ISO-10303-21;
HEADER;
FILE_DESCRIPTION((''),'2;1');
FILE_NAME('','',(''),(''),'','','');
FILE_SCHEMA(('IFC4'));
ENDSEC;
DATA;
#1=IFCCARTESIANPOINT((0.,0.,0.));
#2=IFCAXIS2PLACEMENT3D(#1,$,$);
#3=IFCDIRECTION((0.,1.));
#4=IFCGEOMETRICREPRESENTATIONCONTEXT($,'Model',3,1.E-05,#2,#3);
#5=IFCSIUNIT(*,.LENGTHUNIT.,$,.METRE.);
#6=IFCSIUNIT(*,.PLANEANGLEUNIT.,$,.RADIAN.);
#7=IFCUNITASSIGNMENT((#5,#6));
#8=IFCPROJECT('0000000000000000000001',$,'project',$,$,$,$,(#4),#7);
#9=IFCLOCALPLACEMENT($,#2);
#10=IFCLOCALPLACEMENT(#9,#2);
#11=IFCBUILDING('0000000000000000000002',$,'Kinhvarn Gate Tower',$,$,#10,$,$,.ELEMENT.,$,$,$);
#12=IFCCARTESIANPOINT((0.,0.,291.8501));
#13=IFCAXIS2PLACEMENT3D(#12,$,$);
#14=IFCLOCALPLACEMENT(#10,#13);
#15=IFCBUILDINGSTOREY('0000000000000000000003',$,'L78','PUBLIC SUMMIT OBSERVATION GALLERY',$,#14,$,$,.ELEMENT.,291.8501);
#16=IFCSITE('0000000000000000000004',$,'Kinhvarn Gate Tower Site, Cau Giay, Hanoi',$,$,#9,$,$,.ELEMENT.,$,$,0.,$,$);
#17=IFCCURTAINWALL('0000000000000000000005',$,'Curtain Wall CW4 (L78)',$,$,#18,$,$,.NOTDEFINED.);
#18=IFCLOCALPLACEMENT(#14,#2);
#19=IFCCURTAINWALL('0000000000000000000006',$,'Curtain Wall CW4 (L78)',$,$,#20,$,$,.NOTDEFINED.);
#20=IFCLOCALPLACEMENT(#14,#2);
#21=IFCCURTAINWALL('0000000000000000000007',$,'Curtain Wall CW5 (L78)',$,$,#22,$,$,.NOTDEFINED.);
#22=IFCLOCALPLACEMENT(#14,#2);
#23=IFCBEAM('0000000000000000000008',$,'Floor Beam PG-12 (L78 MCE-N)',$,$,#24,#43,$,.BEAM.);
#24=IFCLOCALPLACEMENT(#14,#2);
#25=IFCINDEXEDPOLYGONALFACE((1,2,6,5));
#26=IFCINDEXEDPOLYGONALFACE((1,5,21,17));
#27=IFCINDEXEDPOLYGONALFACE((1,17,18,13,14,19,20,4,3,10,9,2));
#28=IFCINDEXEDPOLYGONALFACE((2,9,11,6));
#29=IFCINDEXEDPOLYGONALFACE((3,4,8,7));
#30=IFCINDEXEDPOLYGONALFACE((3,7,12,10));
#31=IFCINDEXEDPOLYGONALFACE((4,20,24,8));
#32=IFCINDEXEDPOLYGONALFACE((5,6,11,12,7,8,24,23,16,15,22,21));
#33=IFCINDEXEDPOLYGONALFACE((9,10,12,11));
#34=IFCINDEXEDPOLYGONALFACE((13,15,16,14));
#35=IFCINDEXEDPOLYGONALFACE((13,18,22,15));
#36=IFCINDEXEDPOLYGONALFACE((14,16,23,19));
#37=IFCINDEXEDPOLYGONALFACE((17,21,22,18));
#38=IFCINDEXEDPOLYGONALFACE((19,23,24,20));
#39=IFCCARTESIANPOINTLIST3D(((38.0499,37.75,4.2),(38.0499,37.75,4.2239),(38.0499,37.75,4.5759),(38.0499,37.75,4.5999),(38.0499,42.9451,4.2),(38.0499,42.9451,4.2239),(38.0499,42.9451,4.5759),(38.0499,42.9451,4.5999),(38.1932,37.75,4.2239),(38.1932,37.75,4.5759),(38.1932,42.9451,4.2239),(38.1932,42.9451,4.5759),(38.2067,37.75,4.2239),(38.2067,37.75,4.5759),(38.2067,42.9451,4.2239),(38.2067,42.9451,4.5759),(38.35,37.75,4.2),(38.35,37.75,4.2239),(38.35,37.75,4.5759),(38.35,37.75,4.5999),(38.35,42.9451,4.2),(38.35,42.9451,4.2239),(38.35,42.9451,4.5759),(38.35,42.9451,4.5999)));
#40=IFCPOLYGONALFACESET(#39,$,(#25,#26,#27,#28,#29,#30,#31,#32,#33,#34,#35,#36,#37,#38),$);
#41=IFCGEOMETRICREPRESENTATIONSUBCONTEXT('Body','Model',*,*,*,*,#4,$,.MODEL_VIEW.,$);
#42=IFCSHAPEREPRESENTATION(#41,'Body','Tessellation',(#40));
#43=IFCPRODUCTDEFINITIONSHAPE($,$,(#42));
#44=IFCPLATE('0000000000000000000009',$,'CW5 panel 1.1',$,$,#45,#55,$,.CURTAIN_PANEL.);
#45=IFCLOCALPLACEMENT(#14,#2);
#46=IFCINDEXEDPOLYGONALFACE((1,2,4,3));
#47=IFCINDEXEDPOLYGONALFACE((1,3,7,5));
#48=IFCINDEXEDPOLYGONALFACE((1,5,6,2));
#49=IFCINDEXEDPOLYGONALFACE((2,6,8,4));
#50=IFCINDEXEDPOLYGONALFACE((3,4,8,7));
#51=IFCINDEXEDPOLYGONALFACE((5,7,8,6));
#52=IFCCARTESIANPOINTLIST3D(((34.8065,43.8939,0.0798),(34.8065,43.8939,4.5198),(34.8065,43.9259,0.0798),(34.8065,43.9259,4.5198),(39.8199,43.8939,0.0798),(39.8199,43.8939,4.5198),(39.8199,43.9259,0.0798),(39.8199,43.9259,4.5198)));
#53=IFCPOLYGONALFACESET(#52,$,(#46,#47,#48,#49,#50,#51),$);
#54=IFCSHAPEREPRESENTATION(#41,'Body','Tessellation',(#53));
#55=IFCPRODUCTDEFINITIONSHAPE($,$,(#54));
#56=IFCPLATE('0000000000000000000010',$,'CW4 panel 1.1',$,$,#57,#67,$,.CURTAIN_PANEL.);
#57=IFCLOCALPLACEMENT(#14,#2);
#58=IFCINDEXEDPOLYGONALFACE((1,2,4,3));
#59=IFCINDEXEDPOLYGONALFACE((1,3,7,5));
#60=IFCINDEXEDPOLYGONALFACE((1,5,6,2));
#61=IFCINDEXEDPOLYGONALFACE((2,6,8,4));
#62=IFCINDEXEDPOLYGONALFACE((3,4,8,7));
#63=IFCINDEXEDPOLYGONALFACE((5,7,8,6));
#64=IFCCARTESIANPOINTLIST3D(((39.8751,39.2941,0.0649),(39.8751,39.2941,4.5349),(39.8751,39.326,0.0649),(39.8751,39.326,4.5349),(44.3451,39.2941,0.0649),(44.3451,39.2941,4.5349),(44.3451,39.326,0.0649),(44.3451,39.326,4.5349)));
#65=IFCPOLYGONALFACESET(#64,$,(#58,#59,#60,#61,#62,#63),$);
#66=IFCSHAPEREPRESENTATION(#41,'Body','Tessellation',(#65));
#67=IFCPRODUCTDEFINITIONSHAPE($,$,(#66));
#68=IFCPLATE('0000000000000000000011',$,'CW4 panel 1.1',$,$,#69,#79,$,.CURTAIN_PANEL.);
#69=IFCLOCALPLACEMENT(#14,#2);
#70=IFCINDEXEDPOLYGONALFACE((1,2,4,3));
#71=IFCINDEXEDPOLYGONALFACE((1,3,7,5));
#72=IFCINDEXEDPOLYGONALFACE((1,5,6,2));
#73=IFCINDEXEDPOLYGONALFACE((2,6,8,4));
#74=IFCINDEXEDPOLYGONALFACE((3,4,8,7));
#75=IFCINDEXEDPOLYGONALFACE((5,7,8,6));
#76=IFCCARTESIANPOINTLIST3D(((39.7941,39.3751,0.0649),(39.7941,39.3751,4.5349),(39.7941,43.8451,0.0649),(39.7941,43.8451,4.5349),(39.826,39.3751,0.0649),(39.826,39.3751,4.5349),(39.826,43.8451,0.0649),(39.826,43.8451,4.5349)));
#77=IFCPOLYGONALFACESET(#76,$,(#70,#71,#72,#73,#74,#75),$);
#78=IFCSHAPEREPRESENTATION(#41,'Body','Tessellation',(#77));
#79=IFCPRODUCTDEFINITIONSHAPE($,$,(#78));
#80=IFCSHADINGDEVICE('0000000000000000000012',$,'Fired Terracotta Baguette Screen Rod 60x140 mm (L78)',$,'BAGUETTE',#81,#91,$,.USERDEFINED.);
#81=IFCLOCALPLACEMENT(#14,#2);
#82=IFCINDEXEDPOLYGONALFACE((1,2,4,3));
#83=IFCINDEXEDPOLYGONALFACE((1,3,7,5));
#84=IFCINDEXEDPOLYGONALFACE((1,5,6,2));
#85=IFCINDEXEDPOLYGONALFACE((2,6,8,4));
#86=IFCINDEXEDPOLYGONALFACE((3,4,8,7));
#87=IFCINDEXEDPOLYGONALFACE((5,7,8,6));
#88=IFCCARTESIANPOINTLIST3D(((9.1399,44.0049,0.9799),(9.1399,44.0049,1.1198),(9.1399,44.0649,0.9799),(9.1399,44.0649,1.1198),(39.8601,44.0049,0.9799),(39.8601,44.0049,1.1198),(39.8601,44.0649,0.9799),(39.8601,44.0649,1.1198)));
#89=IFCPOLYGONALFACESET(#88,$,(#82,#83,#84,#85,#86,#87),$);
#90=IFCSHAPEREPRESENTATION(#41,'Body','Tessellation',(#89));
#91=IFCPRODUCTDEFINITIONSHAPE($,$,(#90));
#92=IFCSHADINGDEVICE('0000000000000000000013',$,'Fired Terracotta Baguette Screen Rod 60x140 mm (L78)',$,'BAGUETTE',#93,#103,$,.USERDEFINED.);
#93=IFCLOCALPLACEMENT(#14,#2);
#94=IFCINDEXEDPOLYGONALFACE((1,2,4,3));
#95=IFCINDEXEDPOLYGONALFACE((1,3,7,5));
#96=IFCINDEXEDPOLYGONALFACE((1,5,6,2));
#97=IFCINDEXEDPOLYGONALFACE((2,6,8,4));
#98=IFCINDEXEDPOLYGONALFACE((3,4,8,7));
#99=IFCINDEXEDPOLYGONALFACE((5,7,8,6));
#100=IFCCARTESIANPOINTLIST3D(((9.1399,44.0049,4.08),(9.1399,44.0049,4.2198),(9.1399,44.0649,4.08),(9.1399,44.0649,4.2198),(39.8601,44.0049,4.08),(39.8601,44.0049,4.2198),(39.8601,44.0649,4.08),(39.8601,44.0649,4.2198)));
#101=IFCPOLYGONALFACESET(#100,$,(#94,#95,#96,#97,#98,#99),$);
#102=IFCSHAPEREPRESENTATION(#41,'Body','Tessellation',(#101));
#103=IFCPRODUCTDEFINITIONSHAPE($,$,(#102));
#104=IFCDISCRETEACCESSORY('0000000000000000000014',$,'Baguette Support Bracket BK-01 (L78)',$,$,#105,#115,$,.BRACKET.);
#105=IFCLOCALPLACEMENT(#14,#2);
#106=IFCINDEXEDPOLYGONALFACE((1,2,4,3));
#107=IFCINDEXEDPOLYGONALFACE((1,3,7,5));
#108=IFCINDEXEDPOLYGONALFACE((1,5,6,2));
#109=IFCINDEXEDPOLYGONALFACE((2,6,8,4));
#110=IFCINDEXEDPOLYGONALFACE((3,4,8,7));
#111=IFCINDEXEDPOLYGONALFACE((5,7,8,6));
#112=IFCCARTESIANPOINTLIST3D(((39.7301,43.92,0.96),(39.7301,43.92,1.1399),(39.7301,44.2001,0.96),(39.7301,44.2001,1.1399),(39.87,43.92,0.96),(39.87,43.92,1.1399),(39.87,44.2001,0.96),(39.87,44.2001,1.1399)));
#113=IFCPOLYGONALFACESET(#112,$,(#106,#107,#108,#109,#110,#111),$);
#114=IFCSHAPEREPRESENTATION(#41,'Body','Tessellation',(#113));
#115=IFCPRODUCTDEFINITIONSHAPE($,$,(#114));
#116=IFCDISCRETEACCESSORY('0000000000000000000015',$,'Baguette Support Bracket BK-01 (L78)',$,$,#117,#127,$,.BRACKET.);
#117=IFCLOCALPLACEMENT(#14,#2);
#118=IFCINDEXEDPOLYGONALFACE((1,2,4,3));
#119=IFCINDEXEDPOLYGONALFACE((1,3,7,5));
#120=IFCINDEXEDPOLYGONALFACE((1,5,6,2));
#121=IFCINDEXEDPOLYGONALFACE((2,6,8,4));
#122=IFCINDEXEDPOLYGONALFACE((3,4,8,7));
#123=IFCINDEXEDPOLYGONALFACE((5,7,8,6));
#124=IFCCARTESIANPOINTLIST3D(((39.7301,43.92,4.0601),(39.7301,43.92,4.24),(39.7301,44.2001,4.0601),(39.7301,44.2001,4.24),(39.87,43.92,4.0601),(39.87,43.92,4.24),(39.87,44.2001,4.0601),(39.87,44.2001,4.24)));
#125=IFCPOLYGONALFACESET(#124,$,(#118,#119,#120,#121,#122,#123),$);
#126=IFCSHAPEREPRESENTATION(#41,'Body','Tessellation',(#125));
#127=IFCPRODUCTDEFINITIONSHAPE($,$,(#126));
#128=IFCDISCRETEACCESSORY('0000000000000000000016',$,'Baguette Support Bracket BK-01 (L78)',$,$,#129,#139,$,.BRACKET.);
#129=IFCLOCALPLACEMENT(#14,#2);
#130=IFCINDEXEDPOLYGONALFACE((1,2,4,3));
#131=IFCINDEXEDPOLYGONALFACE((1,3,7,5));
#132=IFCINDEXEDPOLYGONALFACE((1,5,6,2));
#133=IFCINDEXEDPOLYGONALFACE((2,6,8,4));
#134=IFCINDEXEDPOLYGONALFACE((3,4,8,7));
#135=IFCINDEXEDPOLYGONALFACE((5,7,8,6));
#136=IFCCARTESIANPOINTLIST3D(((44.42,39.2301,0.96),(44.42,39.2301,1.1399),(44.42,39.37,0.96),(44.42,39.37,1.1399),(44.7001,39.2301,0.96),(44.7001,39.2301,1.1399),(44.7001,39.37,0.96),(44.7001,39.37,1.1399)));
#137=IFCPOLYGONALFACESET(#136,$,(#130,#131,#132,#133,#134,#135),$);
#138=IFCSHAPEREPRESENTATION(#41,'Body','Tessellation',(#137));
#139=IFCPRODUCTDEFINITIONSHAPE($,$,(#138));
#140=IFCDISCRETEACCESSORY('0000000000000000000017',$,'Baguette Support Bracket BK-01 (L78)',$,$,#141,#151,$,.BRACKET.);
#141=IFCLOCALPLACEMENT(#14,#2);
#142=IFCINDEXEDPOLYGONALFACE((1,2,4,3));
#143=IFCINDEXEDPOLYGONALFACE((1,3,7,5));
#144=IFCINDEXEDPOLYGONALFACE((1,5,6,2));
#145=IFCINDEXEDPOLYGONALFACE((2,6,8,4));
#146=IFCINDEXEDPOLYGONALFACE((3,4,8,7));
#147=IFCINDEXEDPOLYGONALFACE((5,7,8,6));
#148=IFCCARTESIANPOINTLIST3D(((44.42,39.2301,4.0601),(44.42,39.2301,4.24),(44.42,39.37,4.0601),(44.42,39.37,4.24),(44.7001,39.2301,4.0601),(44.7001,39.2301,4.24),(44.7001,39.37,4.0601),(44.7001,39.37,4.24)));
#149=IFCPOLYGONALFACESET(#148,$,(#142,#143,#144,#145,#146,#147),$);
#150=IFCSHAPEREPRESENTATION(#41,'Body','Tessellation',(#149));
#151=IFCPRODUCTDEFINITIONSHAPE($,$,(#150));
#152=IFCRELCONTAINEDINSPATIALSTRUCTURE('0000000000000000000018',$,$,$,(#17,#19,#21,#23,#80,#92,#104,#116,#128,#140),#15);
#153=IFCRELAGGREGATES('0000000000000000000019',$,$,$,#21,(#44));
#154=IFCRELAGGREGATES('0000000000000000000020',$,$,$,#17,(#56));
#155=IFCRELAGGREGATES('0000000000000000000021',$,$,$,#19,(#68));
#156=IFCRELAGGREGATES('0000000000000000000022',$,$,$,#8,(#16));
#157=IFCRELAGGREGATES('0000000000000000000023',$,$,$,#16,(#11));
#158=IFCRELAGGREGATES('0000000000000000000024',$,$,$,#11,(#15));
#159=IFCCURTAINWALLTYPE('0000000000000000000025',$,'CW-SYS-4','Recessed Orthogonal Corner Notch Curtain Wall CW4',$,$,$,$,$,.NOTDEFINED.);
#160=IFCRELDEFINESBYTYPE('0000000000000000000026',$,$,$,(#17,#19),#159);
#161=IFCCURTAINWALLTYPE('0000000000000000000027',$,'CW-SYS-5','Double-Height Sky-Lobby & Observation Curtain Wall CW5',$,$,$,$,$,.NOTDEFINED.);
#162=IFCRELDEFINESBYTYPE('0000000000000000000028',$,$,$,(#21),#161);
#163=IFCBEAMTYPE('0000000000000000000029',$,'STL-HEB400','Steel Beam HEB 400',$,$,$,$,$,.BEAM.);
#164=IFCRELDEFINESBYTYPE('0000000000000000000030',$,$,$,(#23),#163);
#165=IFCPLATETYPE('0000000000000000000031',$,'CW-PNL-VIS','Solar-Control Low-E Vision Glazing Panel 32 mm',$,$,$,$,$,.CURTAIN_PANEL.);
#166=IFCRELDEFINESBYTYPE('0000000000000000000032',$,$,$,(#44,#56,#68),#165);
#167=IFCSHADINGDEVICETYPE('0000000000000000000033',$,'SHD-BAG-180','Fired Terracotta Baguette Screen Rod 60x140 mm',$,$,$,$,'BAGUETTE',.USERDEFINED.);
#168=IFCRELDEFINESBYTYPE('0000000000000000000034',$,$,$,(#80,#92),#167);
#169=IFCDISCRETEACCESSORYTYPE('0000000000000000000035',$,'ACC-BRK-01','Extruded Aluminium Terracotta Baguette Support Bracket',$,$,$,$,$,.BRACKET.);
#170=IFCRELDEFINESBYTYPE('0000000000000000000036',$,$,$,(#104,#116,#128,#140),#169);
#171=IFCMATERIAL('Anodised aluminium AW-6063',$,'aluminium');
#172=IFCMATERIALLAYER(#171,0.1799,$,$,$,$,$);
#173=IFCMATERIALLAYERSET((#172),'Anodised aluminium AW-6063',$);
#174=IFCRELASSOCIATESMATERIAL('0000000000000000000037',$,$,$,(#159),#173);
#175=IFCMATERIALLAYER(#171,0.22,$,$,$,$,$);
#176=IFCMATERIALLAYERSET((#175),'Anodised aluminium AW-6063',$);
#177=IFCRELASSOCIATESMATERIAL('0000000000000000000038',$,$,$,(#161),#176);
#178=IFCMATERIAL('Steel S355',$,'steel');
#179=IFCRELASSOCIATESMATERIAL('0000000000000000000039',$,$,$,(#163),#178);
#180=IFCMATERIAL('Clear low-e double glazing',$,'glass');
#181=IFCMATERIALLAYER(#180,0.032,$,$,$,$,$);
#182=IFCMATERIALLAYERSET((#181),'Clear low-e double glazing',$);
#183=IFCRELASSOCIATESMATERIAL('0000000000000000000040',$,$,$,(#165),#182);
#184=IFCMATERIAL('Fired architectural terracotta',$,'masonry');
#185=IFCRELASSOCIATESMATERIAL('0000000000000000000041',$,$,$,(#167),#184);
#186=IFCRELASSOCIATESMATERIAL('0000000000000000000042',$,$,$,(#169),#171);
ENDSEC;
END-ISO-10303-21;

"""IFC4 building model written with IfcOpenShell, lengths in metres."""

from ifc_helpers import new_model, si_unit, direction, frame, origin, origin_2d, place, context, subcontext, project, spatial, rectangle, i_section, extrude, material, layer, layer_set, material_profile, profile_set, type_object, element, aggregate, save


model = new_model("IFC4")

# Units and contexts
model_context = context("Model", 3, precision=1e-05, world=origin(), true_north=direction((0.0, 1.0)))
body_context = subcontext(model_context, "Body", "Model", "MODEL_VIEW")
ifc_project = project(units=[si_unit("LENGTHUNIT", "METRE"), si_unit("PLANEANGLEUNIT", "RADIAN")], contexts=[model_context])

# Site, building, storey
site_placement = place(None, origin())
site = spatial("IfcSite", under=ifc_project, at=site_placement, Name="Kinhvarn Gate Tower Site, Cau Giay, Hanoi", CompositionType="ELEMENT", RefElevation=0.0)
building_placement = place(site_placement, origin())
building = spatial("IfcBuilding", under=site, at=building_placement, Name="Kinhvarn Gate Tower", CompositionType="ELEMENT")
storey_placement = place(building_placement, frame((0.0, 0.0, 291.8501)))
storey = spatial("IfcBuildingStorey", under=building, at=storey_placement, Name="L78", Description="PUBLIC SUMMIT OBSERVATION GALLERY", CompositionType="ELEMENT", Elevation=291.8501)

# Curtain walls
ifc_material_1 = material(Name="Anodised aluminium AW-6063", Category="aluminium")
ifc_layer_1 = layer(ifc_material_1, 0.1799)
ifc_layer_set_1 = layer_set([ifc_layer_1], Name="Anodised aluminium AW-6063")
curtain_wall_type_1 = type_object("IfcCurtainWallType", Name="CW-SYS-4", Description="Recessed Orthogonal Corner Notch Curtain Wall CW4", PredefinedType="NOTDEFINED", material=ifc_layer_set_1)
curtain_wall_1_placement = place(storey_placement, origin())
curtain_wall_1 = element("IfcCurtainWall", 1, at=curtain_wall_1_placement, inside=storey, type_object=curtain_wall_type_1, Name="Curtain Wall CW4 (L78)", PredefinedType="NOTDEFINED")
curtain_wall_2_placement = place(storey_placement, origin())
curtain_wall_2 = element("IfcCurtainWall", 2, at=curtain_wall_2_placement, inside=storey, type_object=curtain_wall_type_1, Name="Curtain Wall CW4 (L78)", PredefinedType="NOTDEFINED")

# Curtain wall
ifc_layer_2 = layer(ifc_material_1, 0.22)
ifc_layer_set_2 = layer_set([ifc_layer_2], Name="Anodised aluminium AW-6063")
curtain_wall_type_2 = type_object("IfcCurtainWallType", Name="CW-SYS-5", Description="Double-Height Sky-Lobby & Observation Curtain Wall CW5", PredefinedType="NOTDEFINED", material=ifc_layer_set_2)
curtain_wall_3_placement = place(storey_placement, origin())
curtain_wall_3 = element("IfcCurtainWall", 3, at=curtain_wall_3_placement, inside=storey, type_object=curtain_wall_type_2, Name="Curtain Wall CW5 (L78)", PredefinedType="NOTDEFINED")

# Beam
ifc_material_2 = material(Name="Steel S355", Category="steel")
ifc_material_profile_1 = material_profile(ifc_material_2, i_section(OverallWidth=0.3, OverallDepth=0.3999, WebThickness=0.0134, FlangeThickness=0.0239, at=origin_2d()), Name="HEB 400")
ifc_profile_set_1 = profile_set([ifc_material_profile_1], Name="Steel S355")
beam_type = type_object("IfcBeamType", Name="STL-HEB400", Description="Steel Beam HEB 400", PredefinedType="BEAM", material=ifc_profile_set_1)
beam_placement = place(storey_placement, frame((38.2, 37.75, 4.3999), z_axis=(0.0, 1.0, 0.0), x_axis=(-1.0, 0.0, 0.0)))
element("IfcBeam", 4, at=beam_placement, inside=storey, type_object=beam_type, Name="Floor Beam PG-12 (L78 MCE-N)", PredefinedType="BEAM", context=body_context, shape_type="SweptSolid", body=[
    extrude(i_section(OverallWidth=0.3, OverallDepth=0.3999, WebThickness=0.0134, FlangeThickness=0.0239, at=origin_2d()), origin(), (0.0, 0.0, 1.0), 5.1951),
])

# Plates
ifc_material_3 = material(Name="Clear low-e double glazing", Category="glass")
ifc_layer_3 = layer(ifc_material_3, 0.032)
ifc_layer_set_3 = layer_set([ifc_layer_3], Name="Clear low-e double glazing")
plate_type = type_object("IfcPlateType", Name="CW-PNL-VIS", Description="Solar-Control Low-E Vision Glazing Panel 32 mm", PredefinedType="CURTAIN_PANEL", material=ifc_layer_set_3)
plate_1_placement = place(storey_placement, frame((37.3132, 43.9099, 0.0798), z_axis=(0.0, 0.0, 1.0), x_axis=(-1.0, 0.0, 0.0)))
plate_1 = element("IfcPlate", 5, at=plate_1_placement, type_object=plate_type, Name="CW5 panel 1.1", PredefinedType="CURTAIN_PANEL", context=body_context, shape_type="SweptSolid", body=[
    extrude(rectangle(XDim=5.0134, YDim=0.032, at=origin_2d()), origin(), (0.0, 0.0, 1.0), 4.4399),
])
aggregate(curtain_wall_3, [plate_1])
plate_2_placement = place(storey_placement, frame((42.1101, 39.3101, 0.0649), z_axis=(0.0, 0.0, 1.0), x_axis=(-1.0, 0.0, 0.0)))
plate_2 = element("IfcPlate", 6, at=plate_2_placement, type_object=plate_type, Name="CW4 panel 1.1", PredefinedType="CURTAIN_PANEL", context=body_context, shape_type="SweptSolid", body=[
    extrude(rectangle(XDim=4.47, YDim=0.032, at=origin_2d()), origin(), (0.0, 0.0, 1.0), 4.47),
])
aggregate(curtain_wall_1, [plate_2])
plate_3_placement = place(storey_placement, frame((39.8101, 41.6101, 0.0649), z_axis=(0.0, 0.0, 1.0), x_axis=(0.0, 1.0, 0.0)))
plate_3 = element("IfcPlate", 7, at=plate_3_placement, type_object=plate_type, Name="CW4 panel 1.1", PredefinedType="CURTAIN_PANEL", context=body_context, shape_type="SweptSolid", body=[
    extrude(rectangle(XDim=4.47, YDim=0.032, at=origin_2d()), origin(), (0.0, 0.0, 1.0), 4.47),
])
aggregate(curtain_wall_2, [plate_3])

# Shading devices
ifc_material_4 = material(Name="Fired architectural terracotta", Category="masonry")
ifc_material_profile_2 = material_profile(ifc_material_4, rectangle(XDim=0.0601, YDim=0.1399, at=origin_2d()), Name="TC 60x140")
ifc_profile_set_2 = profile_set([ifc_material_profile_2], Name="Fired architectural terracotta")
shading_device_type = type_object("IfcShadingDeviceType", Name="SHD-BAG-180", Description="Fired Terracotta Baguette Screen Rod 60x140 mm", ElementType="BAGUETTE", PredefinedType="USERDEFINED", material=ifc_profile_set_2)
for number, where, z_axis, x_axis, name in (
    (8, (39.8601, 44.0349, 1.0498), (-1.0, 0.0, 0.0), (0.0, -1.0, 0.0), "Fired Terracotta Baguette Screen Rod 60x140 mm (L78)"),
    (9, (39.8601, 44.0349, 4.1499), (-1.0, 0.0, 0.0), (0.0, -1.0, 0.0), "Fired Terracotta Baguette Screen Rod 60x140 mm (L78)"),
):
    element("IfcShadingDevice", number, at=place(storey_placement, frame(where, z_axis=z_axis, x_axis=x_axis)), inside=storey, type_object=shading_device_type, Name=name, ObjectType="BAGUETTE", PredefinedType="USERDEFINED", context=body_context, shape_type="SweptSolid", body=[
        extrude(rectangle(XDim=0.0601, YDim=0.1399, at=origin_2d()), origin(), (0.0, 0.0, 1.0), 30.7202),
    ])

# Discrete accessories
discrete_accessory_type = type_object("IfcDiscreteAccessoryType", Name="ACC-BRK-01", Description="Extruded Aluminium Terracotta Baguette Support Bracket", PredefinedType="BRACKET", material=ifc_material_1)
for number, where, z_axis, x_axis, name in (
    (10, (39.8, 44.0601, 0.96), (0.0, 0.0, 1.0), (-1.0, 0.0, 0.0), "Baguette Support Bracket BK-01 (L78)"),
    (11, (39.8, 44.0601, 4.0601), (0.0, 0.0, 1.0), (-1.0, 0.0, 0.0), "Baguette Support Bracket BK-01 (L78)"),
    (12, (44.5601, 39.3, 0.96), (0.0, 0.0, 1.0), (0.0, 1.0, 0.0), "Baguette Support Bracket BK-01 (L78)"),
    (13, (44.5601, 39.3, 4.0601), (0.0, 0.0, 1.0), (0.0, 1.0, 0.0), "Baguette Support Bracket BK-01 (L78)"),
):
    element("IfcDiscreteAccessory", number, at=place(storey_placement, frame(where, z_axis=z_axis, x_axis=x_axis)), inside=storey, type_object=discrete_accessory_type, Name=name, PredefinedType="BRACKET", context=body_context, shape_type="SweptSolid", body=[
        extrude(rectangle(XDim=0.1399, YDim=0.28, at=origin_2d()), origin(), (0.0, 0.0, 1.0), 0.1799),
    ])

save(model, "model.ifc")
